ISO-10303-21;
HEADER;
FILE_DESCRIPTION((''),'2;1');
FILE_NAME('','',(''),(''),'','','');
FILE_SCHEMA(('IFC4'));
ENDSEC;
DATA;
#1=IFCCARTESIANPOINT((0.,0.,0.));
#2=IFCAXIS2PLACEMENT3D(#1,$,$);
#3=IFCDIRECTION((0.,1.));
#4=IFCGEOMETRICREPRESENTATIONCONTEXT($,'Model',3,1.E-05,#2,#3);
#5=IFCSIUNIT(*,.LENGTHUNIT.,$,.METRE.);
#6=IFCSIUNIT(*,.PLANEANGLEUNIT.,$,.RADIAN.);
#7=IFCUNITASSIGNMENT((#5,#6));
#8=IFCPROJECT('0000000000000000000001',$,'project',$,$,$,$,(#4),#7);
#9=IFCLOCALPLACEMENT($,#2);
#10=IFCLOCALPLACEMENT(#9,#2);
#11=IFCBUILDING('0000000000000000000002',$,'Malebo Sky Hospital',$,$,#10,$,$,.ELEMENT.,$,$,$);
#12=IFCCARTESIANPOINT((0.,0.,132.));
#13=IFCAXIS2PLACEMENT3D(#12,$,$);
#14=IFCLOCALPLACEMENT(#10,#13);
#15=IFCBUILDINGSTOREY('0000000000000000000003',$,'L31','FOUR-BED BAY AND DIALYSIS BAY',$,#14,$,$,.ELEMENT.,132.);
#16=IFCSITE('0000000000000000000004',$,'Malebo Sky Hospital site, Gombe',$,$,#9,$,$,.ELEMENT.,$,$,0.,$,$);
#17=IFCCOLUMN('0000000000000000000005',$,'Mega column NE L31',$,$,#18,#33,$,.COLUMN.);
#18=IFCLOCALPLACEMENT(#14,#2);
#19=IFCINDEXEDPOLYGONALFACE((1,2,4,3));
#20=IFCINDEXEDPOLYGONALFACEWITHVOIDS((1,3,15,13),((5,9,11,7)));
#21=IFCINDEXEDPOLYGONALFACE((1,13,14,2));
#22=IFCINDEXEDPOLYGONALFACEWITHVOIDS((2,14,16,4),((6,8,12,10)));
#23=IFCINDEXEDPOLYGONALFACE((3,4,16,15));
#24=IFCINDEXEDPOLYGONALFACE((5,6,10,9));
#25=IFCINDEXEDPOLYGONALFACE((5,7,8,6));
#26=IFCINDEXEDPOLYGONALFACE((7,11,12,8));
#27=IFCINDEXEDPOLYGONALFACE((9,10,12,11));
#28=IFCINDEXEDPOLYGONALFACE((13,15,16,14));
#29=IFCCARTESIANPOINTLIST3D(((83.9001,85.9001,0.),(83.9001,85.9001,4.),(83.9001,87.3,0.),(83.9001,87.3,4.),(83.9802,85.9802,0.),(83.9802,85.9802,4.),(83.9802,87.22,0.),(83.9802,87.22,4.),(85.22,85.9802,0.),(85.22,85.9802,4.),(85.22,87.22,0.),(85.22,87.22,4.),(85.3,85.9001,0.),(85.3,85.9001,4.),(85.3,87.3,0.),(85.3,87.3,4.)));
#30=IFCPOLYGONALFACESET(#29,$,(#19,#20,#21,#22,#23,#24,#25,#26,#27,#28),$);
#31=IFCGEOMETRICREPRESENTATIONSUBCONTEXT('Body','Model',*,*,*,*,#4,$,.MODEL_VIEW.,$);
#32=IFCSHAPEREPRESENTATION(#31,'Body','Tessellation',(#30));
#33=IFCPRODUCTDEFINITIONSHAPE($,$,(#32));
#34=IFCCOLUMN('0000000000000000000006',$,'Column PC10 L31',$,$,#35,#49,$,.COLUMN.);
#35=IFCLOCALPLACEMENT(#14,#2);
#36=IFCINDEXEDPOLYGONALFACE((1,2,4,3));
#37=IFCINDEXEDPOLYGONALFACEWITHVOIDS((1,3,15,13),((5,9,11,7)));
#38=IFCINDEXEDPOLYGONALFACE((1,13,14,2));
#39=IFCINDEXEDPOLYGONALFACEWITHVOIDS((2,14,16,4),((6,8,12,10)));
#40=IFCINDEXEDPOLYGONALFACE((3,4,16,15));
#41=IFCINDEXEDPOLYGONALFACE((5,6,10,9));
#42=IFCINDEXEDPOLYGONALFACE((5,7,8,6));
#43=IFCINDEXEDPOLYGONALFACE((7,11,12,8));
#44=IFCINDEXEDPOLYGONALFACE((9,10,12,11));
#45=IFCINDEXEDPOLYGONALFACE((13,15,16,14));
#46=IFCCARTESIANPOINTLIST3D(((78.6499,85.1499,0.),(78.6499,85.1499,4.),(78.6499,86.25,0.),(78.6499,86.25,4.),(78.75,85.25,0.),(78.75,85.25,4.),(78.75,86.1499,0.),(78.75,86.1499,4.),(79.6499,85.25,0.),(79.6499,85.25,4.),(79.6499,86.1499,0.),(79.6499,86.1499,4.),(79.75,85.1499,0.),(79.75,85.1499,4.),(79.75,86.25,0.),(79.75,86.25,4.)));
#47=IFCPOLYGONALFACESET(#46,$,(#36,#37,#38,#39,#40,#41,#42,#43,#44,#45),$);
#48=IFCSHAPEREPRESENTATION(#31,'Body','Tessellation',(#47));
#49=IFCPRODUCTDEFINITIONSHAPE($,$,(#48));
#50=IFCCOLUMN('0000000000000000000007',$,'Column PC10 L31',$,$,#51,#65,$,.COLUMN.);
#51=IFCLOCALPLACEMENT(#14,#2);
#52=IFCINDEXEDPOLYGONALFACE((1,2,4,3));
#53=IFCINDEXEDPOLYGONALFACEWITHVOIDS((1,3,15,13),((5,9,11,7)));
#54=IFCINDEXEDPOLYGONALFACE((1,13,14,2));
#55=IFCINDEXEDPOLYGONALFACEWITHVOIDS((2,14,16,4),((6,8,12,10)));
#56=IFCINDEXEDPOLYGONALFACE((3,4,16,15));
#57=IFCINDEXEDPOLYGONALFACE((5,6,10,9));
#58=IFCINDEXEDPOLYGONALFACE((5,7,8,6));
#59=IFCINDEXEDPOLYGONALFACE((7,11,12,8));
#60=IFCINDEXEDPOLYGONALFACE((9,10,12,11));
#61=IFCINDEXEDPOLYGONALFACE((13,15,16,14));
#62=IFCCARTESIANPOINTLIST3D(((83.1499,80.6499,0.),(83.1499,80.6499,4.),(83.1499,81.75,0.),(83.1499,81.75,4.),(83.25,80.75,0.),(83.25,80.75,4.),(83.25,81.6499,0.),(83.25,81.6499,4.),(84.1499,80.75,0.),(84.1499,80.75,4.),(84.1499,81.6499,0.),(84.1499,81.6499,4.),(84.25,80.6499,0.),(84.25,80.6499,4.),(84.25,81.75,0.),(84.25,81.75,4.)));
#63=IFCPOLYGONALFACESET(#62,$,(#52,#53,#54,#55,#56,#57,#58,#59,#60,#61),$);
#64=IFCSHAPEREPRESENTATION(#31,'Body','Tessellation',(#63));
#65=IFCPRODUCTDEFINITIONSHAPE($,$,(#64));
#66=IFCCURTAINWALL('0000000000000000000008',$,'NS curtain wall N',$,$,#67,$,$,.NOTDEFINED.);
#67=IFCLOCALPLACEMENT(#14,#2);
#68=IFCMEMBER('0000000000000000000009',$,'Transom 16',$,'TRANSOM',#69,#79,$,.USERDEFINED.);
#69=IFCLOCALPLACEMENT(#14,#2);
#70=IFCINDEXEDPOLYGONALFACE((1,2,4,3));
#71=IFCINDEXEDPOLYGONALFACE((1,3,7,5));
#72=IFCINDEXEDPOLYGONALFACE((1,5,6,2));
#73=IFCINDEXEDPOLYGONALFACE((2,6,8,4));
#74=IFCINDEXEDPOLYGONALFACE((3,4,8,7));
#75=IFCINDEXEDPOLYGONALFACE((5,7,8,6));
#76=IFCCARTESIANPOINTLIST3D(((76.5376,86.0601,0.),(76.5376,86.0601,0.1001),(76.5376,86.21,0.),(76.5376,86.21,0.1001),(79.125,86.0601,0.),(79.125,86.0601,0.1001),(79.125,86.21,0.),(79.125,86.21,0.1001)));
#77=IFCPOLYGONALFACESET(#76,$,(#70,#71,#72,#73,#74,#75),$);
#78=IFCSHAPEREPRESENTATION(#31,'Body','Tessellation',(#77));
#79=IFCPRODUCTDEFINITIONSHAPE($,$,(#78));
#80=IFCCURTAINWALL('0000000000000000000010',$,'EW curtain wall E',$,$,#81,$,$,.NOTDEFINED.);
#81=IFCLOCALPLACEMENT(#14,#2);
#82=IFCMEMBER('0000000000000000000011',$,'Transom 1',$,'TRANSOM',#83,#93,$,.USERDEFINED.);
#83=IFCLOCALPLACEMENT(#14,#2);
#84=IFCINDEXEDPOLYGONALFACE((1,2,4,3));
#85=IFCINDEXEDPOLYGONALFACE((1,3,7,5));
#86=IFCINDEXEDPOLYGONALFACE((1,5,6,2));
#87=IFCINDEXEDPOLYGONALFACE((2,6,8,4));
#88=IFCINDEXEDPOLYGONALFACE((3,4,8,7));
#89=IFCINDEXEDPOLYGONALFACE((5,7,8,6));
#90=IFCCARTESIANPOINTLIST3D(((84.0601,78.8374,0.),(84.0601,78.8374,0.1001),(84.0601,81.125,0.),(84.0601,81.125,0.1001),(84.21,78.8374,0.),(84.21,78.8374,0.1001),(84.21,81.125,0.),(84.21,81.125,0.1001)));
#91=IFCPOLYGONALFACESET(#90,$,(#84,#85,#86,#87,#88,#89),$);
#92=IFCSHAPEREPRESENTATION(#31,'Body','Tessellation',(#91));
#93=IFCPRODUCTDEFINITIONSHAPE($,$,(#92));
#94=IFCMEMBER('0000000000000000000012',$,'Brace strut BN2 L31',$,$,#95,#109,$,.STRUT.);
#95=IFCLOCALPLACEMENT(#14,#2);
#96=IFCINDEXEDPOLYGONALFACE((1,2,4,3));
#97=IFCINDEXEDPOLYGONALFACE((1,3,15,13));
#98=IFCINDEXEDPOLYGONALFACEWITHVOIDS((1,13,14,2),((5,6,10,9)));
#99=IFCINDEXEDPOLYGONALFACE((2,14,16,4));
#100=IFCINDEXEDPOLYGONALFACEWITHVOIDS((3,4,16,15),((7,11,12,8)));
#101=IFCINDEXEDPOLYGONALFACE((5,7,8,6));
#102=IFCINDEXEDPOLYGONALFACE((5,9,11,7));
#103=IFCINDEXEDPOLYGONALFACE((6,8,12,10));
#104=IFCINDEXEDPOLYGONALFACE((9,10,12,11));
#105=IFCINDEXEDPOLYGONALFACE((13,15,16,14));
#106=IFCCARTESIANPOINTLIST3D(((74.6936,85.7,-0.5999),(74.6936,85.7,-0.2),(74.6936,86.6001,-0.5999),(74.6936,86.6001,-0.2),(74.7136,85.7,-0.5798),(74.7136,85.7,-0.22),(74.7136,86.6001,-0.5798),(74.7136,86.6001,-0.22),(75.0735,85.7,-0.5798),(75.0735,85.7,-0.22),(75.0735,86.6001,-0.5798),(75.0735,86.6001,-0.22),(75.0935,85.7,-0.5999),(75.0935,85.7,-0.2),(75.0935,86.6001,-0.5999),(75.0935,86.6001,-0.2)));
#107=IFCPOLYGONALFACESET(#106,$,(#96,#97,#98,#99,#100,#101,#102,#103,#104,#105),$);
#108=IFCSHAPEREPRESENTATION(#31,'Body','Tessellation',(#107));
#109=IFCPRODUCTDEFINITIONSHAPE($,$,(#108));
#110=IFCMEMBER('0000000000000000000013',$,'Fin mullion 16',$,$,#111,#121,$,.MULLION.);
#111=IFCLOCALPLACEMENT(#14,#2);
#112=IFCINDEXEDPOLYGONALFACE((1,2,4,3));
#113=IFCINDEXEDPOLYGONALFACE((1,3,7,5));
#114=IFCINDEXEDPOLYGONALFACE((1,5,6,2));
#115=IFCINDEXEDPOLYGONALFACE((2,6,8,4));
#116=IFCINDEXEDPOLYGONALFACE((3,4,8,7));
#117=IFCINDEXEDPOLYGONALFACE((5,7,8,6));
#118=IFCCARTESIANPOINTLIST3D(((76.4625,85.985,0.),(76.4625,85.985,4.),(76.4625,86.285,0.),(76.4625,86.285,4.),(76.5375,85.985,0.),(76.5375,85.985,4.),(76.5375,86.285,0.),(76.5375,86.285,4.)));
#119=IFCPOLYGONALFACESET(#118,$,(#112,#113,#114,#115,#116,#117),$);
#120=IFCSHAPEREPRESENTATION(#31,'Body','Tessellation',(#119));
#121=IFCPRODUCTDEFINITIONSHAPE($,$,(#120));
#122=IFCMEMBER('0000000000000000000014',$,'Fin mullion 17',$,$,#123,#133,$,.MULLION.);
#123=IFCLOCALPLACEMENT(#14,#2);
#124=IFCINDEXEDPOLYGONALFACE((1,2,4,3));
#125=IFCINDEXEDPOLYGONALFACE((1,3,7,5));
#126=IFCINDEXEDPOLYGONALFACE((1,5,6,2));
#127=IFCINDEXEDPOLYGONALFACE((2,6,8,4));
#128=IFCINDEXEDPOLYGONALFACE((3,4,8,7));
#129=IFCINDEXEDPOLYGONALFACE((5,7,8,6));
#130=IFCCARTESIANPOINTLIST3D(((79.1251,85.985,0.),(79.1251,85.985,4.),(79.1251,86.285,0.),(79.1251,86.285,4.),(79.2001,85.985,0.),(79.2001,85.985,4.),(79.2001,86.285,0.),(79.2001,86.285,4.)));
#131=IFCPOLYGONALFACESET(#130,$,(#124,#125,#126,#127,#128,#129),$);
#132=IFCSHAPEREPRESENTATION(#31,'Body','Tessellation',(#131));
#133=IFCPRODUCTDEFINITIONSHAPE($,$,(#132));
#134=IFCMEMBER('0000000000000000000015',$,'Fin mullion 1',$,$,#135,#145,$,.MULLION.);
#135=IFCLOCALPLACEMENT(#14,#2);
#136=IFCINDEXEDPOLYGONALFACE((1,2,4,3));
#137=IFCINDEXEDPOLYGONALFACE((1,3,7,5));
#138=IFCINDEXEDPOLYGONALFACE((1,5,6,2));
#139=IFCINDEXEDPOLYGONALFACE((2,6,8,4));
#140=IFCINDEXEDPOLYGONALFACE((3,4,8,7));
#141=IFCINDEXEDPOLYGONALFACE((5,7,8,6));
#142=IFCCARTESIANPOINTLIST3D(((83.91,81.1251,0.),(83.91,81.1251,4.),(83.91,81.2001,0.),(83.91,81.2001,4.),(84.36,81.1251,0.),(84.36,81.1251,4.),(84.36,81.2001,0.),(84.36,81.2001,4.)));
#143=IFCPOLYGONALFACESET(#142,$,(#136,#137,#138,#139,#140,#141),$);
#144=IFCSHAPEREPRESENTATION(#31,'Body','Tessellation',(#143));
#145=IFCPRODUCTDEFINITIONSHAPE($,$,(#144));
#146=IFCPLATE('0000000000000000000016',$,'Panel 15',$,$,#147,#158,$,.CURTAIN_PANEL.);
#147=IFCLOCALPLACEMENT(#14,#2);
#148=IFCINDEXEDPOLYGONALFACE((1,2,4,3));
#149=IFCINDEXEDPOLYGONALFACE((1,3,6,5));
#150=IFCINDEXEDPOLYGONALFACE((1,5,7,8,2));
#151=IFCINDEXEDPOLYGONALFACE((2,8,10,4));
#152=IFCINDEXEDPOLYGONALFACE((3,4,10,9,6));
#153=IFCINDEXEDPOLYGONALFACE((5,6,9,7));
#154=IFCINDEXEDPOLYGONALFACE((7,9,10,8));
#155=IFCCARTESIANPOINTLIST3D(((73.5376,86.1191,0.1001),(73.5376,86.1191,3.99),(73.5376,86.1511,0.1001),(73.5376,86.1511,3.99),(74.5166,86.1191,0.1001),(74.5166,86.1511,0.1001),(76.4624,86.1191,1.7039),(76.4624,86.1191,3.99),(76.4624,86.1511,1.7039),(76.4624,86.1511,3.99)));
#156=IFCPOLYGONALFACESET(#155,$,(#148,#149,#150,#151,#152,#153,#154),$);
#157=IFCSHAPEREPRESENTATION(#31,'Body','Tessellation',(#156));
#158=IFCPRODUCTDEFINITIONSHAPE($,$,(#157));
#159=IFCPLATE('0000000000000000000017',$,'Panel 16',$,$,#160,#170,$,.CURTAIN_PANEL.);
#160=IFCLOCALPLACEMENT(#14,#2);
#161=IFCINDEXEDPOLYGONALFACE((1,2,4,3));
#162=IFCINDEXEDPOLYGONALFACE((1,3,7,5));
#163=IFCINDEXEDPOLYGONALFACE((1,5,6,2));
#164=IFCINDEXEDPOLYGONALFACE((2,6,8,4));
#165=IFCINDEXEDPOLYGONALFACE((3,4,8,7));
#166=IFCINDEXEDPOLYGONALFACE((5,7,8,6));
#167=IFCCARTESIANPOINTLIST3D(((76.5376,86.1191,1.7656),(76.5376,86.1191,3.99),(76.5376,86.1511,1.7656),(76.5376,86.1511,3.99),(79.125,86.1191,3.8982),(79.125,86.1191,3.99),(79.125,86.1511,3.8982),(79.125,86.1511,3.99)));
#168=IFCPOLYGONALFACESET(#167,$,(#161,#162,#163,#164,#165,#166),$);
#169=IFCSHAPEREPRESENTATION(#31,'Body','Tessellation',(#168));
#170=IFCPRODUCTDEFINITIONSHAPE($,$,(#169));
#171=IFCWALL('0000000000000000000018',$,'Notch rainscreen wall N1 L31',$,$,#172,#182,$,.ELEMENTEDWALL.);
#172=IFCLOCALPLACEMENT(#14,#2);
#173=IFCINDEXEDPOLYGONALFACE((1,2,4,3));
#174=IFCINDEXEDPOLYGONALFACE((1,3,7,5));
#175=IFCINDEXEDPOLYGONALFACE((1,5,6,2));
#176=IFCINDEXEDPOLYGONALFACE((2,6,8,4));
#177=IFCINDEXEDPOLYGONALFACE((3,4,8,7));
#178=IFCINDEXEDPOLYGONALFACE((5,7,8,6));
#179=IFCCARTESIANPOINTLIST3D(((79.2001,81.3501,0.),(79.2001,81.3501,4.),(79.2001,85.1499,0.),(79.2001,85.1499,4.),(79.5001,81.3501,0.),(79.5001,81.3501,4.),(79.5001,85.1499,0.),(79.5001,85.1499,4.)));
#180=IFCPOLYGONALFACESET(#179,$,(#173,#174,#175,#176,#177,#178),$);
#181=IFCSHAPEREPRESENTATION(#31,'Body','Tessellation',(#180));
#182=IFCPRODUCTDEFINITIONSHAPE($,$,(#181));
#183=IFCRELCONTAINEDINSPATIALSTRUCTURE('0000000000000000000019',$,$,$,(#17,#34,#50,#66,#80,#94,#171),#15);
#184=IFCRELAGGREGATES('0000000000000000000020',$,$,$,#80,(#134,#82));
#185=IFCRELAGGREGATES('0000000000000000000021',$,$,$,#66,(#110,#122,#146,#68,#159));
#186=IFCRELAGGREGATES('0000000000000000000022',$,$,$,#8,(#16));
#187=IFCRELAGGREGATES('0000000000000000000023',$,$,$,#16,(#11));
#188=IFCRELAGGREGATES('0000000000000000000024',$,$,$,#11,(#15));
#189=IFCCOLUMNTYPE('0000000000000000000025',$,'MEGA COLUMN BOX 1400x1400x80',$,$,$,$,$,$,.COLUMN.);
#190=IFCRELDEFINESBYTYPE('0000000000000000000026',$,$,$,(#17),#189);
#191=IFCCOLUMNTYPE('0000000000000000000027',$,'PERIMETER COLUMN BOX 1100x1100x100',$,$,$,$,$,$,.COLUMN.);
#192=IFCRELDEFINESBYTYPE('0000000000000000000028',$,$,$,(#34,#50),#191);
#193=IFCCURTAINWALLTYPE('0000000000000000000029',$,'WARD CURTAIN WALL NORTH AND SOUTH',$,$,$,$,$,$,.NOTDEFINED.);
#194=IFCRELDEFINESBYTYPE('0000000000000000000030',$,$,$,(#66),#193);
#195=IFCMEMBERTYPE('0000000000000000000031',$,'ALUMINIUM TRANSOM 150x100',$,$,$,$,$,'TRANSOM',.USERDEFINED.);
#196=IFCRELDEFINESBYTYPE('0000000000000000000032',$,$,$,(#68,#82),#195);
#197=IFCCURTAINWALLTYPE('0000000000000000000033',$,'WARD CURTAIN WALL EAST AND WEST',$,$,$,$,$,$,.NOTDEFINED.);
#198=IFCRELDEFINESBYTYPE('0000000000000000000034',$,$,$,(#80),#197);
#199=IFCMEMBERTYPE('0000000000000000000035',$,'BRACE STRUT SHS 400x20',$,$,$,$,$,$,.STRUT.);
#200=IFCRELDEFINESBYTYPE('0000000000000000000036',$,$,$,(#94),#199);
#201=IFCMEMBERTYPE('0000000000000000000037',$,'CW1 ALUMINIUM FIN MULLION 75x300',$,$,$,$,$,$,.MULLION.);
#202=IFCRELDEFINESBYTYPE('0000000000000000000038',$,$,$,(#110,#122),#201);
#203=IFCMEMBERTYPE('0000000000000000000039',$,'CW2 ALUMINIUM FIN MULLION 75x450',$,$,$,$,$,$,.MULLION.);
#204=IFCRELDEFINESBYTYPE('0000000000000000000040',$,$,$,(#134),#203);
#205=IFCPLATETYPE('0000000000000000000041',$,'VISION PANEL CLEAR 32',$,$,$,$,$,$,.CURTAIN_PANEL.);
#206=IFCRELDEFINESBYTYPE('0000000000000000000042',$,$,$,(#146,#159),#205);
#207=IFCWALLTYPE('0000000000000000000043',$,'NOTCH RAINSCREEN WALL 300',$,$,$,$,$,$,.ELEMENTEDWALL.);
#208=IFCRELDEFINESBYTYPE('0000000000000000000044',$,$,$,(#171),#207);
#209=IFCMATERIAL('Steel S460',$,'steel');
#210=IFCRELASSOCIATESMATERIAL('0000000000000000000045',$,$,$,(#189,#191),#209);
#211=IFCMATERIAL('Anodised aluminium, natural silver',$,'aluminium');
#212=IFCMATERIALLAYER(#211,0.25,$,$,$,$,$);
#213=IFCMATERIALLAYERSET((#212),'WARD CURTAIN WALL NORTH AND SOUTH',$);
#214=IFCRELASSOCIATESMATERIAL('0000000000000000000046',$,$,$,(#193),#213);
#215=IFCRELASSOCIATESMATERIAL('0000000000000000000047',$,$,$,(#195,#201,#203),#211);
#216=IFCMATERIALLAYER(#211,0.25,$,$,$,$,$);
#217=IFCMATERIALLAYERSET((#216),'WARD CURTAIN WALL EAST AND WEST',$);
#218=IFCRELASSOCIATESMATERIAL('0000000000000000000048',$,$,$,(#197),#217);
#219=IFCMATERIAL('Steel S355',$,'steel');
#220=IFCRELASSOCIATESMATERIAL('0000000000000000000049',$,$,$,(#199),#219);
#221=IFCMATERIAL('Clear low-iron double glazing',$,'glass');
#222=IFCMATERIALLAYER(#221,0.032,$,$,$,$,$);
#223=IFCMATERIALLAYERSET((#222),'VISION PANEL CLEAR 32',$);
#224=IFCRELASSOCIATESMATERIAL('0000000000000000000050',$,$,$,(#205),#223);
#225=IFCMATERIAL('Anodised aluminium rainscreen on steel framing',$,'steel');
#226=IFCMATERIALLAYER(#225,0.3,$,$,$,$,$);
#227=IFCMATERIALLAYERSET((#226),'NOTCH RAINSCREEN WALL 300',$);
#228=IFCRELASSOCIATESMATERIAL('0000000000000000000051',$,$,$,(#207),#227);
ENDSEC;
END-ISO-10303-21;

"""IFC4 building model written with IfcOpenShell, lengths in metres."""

from ifc_helpers import new_model, si_unit, direction, frame, frame_2d, origin, origin_2d, place, context, subcontext, project, spatial, polyline, rectangle, hollow_rectangle, outline, extrude, material, layer, layer_set, material_profile, profile_set, type_object, element, aggregate, save


model = new_model("IFC4")

# Units and contexts
model_context = context("Model", 3, precision=1e-05, world=origin(), true_north=direction((0.0, 1.0)))
body_context = subcontext(model_context, "Body", "Model", "MODEL_VIEW")
ifc_project = project(units=[si_unit("LENGTHUNIT", "METRE"), si_unit("PLANEANGLEUNIT", "RADIAN")], contexts=[model_context])

# Site, building, storey
site_placement = place(None, origin())
site = spatial("IfcSite", under=ifc_project, at=site_placement, Name="Malebo Sky Hospital site, Gombe", CompositionType="ELEMENT", RefElevation=0.0)
building_placement = place(site_placement, origin())
building = spatial("IfcBuilding", under=site, at=building_placement, Name="Malebo Sky Hospital", CompositionType="ELEMENT")
storey_placement = place(building_placement, frame((0.0, 0.0, 132.0)))
storey = spatial("IfcBuildingStorey", under=building, at=storey_placement, Name="L31", Description="FOUR-BED BAY AND DIALYSIS BAY", CompositionType="ELEMENT", Elevation=132.0)

# Columns
ifc_material_1 = material(Name="Steel S460", Category="steel")
ifc_material_profile_1 = material_profile(ifc_material_1, hollow_rectangle(XDim=1.3999, YDim=1.3999, WallThickness=0.0801, at=origin_2d()), Name="BOX 1400x1400x80")
ifc_profile_set_1 = profile_set([ifc_material_profile_1], Name="Steel S460")
column_type_1 = type_object("IfcColumnType", Name="MEGA COLUMN BOX 1400x1400x80", PredefinedType="COLUMN", material=ifc_profile_set_1)
column_placement = place(storey_placement, frame((84.6001, 86.6001, 0.0), z_axis=(0.0, 0.0, 1.0), x_axis=(1.0, 0.0, 0.0)))
element("IfcColumn", 1, at=column_placement, inside=storey, type_object=column_type_1, Name="Mega column NE L31", PredefinedType="COLUMN", context=body_context, shape_type="SweptSolid", body=[
    extrude(hollow_rectangle(XDim=1.3999, YDim=1.3999, WallThickness=0.0801, at=origin_2d()), origin(), (0.0, 0.0, 1.0), 4.0),
])
ifc_material_profile_2 = material_profile(ifc_material_1, hollow_rectangle(XDim=1.1001, YDim=1.1001, WallThickness=0.1001, at=origin_2d()), Name="BOX 1100x1100x100")
ifc_profile_set_2 = profile_set([ifc_material_profile_2], Name="Steel S460")
column_type_2 = type_object("IfcColumnType", Name="PERIMETER COLUMN BOX 1100x1100x100", PredefinedType="COLUMN", material=ifc_profile_set_2)
for number, where, z_axis, x_axis, name in (
    (2, (79.2, 85.7, 0.0), (0.0, 0.0, 1.0), (1.0, 0.0, 0.0), "Column PC10 L31"),
    (3, (83.7, 81.2, 0.0), (0.0, 0.0, 1.0), (1.0, 0.0, 0.0), "Column PC10 L31"),
):
    element("IfcColumn", number, at=place(storey_placement, frame(where, z_axis=z_axis, x_axis=x_axis)), inside=storey, type_object=column_type_2, Name=name, PredefinedType="COLUMN", context=body_context, shape_type="SweptSolid", body=[
        extrude(hollow_rectangle(XDim=1.1001, YDim=1.1001, WallThickness=0.1001, at=origin_2d()), origin(), (0.0, 0.0, 1.0), 4.0),
    ])

# Curtain walls, members
ifc_material_2 = material(Name="Anodised aluminium, natural silver", Category="aluminium")
ifc_layer_1 = layer(ifc_material_2, 0.25)
ifc_layer_set_1 = layer_set([ifc_layer_1], Name="WARD CURTAIN WALL NORTH AND SOUTH")
curtain_wall_type_1 = type_object("IfcCurtainWallType", Name="WARD CURTAIN WALL NORTH AND SOUTH", PredefinedType="NOTDEFINED", material=ifc_layer_set_1)
curtain_wall_1_placement = place(storey_placement, origin())
curtain_wall_1 = element("IfcCurtainWall", 4, at=curtain_wall_1_placement, inside=storey, type_object=curtain_wall_type_1, Name="NS curtain wall N", PredefinedType="NOTDEFINED")
ifc_material_profile_3 = material_profile(ifc_material_2, rectangle(XDim=0.1499, YDim=0.1001, at=origin_2d()), Name="ALUMINIUM TRANSOM 150x100")
ifc_profile_set_3 = profile_set([ifc_material_profile_3], Name="Anodised aluminium, natural silver")
member_type_1 = type_object("IfcMemberType", Name="ALUMINIUM TRANSOM 150x100", ElementType="TRANSOM", PredefinedType="USERDEFINED", material=ifc_profile_set_3)
member_1_placement = place(storey_placement, frame((76.5376, 86.135, 0.05), z_axis=(1.0, 0.0, 0.0), x_axis=(0.0, 1.0, 0.0)))
member_1 = element("IfcMember", 5, at=member_1_placement, type_object=member_type_1, Name="Transom 16", ObjectType="TRANSOM", PredefinedType="USERDEFINED", context=body_context, shape_type="SweptSolid", body=[
    extrude(rectangle(XDim=0.1499, YDim=0.1001, at=origin_2d()), origin(), (0.0, 0.0, 1.0), 2.5874),
])
ifc_layer_2 = layer(ifc_material_2, 0.25)
ifc_layer_set_2 = layer_set([ifc_layer_2], Name="WARD CURTAIN WALL EAST AND WEST")
curtain_wall_type_2 = type_object("IfcCurtainWallType", Name="WARD CURTAIN WALL EAST AND WEST", PredefinedType="NOTDEFINED", material=ifc_layer_set_2)
curtain_wall_2_placement = place(storey_placement, origin())
curtain_wall_2 = element("IfcCurtainWall", 6, at=curtain_wall_2_placement, inside=storey, type_object=curtain_wall_type_2, Name="EW curtain wall E", PredefinedType="NOTDEFINED")
member_2_placement = place(storey_placement, frame((84.135, 81.125, 0.05), z_axis=(0.0, -1.0, 0.0), x_axis=(1.0, 0.0, 0.0)))
member_2 = element("IfcMember", 7, at=member_2_placement, type_object=member_type_1, Name="Transom 1", ObjectType="TRANSOM", PredefinedType="USERDEFINED", context=body_context, shape_type="SweptSolid", body=[
    extrude(rectangle(XDim=0.1499, YDim=0.1001, at=origin_2d()), origin(), (0.0, 0.0, 1.0), 2.2876),
])

# Members
ifc_material_3 = material(Name="Steel S355", Category="steel")
ifc_material_profile_4 = material_profile(ifc_material_3, hollow_rectangle(XDim=0.3999, YDim=0.3999, WallThickness=0.02, at=origin_2d()), Name="SHS 400x20")
ifc_profile_set_4 = profile_set([ifc_material_profile_4], Name="Steel S355")
member_type_2 = type_object("IfcMemberType", Name="BRACE STRUT SHS 400x20", PredefinedType="STRUT", material=ifc_profile_set_4)
member_3_placement = place(storey_placement, frame((74.8936, 86.6001, -0.3999), z_axis=(0.0, -1.0, 0.0), x_axis=(1.0, 0.0, 0.0)))
element("IfcMember", 8, at=member_3_placement, inside=storey, type_object=member_type_2, Name="Brace strut BN2 L31", PredefinedType="STRUT", context=body_context, shape_type="SweptSolid", body=[
    extrude(hollow_rectangle(XDim=0.3999, YDim=0.3999, WallThickness=0.02, at=origin_2d()), origin(), (0.0, 0.0, 1.0), 0.9001),
])
ifc_material_profile_5 = material_profile(ifc_material_2, rectangle(XDim=0.075, YDim=0.3, at=origin_2d()), Name="CW1 ALUMINIUM FIN MULLION 75x300")
ifc_profile_set_5 = profile_set([ifc_material_profile_5], Name="Anodised aluminium, natural silver")
member_type_3 = type_object("IfcMemberType", Name="CW1 ALUMINIUM FIN MULLION 75x300", PredefinedType="MULLION", material=ifc_profile_set_5)
member_4_placement = place(storey_placement, frame((76.5, 86.135, 0.0), z_axis=(0.0, 0.0, 1.0), x_axis=(1.0, 0.0, 0.0)))
member_4 = element("IfcMember", 9, at=member_4_placement, type_object=member_type_3, Name="Fin mullion 16", PredefinedType="MULLION", context=body_context, shape_type="SweptSolid", body=[
    extrude(rectangle(XDim=0.075, YDim=0.3, at=origin_2d()), origin(), (0.0, 0.0, 1.0), 4.0),
])
member_5_placement = place(storey_placement, frame((79.1626, 86.135, 0.0), z_axis=(0.0, 0.0, 1.0), x_axis=(1.0, 0.0, 0.0)))
member_5 = element("IfcMember", 10, at=member_5_placement, type_object=member_type_3, Name="Fin mullion 17", PredefinedType="MULLION", context=body_context, shape_type="SweptSolid", body=[
    extrude(rectangle(XDim=0.075, YDim=0.3, at=origin_2d()), origin(), (0.0, 0.0, 1.0), 4.0),
])
ifc_material_profile_6 = material_profile(ifc_material_2, rectangle(XDim=0.075, YDim=0.45, at=origin_2d()), Name="CW2 ALUMINIUM FIN MULLION 75x450")
ifc_profile_set_6 = profile_set([ifc_material_profile_6], Name="Anodised aluminium, natural silver")
member_type_4 = type_object("IfcMemberType", Name="CW2 ALUMINIUM FIN MULLION 75x450", PredefinedType="MULLION", material=ifc_profile_set_6)
member_6_placement = place(storey_placement, frame((84.135, 81.1626, 0.0), z_axis=(0.0, 0.0, 1.0), x_axis=(0.0, -1.0, 0.0)))
member_6 = element("IfcMember", 11, at=member_6_placement, type_object=member_type_4, Name="Fin mullion 1", PredefinedType="MULLION", context=body_context, shape_type="SweptSolid", body=[
    extrude(rectangle(XDim=0.075, YDim=0.45, at=origin_2d()), origin(), (0.0, 0.0, 1.0), 4.0),
])
aggregate(curtain_wall_2, [member_6, member_2])

# Plates
ifc_material_4 = material(Name="Clear low-iron double glazing", Category="glass")
ifc_layer_3 = layer(ifc_material_4, 0.032)
ifc_layer_set_3 = layer_set([ifc_layer_3], Name="VISION PANEL CLEAR 32")
plate_type = type_object("IfcPlateType", Name="VISION PANEL CLEAR 32", PredefinedType="CURTAIN_PANEL", material=ifc_layer_set_3)
plate_1_placement = place(storey_placement, frame((75.0, 86.135, 0.1001), z_axis=(0.0, 0.0, 1.0), x_axis=(1.0, 0.0, 0.0)))
plate_1 = element("IfcPlate", 12, at=plate_1_placement, type_object=plate_type, Name="Panel 15", PredefinedType="CURTAIN_PANEL", context=body_context, shape_type="SweptSolid", body=[
    extrude(outline(polyline([(-1.4624, 0.0), (-0.4834, 0.0), (1.4624, 1.6038), (1.4624, 3.8899), (-1.4624, 3.8899), (-1.4624, 0.0)])), frame((0.0, 0.0161, 0.0), z_axis=(0.0, -1.0, 0.0), x_axis=(1.0, 0.0, 0.0)), (0.0, 0.0, 1.0), 0.032),
])
plate_2_placement = place(storey_placement, frame((77.8313, 86.135, 1.7656), z_axis=(0.0, 0.0, 1.0), x_axis=(1.0, 0.0, 0.0)))
plate_2 = element("IfcPlate", 13, at=plate_2_placement, type_object=plate_type, Name="Panel 16", PredefinedType="CURTAIN_PANEL", context=body_context, shape_type="SweptSolid", body=[
    extrude(outline(polyline([(-1.2937, 0.0), (1.2937, 2.1326), (1.2937, 2.2244), (-1.2937, 2.2244), (-1.2937, 0.0)])), frame((0.0, 0.0161, 0.0), z_axis=(0.0, -1.0, 0.0), x_axis=(1.0, 0.0, 0.0)), (0.0, 0.0, 1.0), 0.032),
])
aggregate(curtain_wall_1, [member_4, member_5, plate_1, member_1, plate_2])

# Wall
ifc_material_5 = material(Name="Anodised aluminium rainscreen on steel framing", Category="steel")
ifc_layer_4 = layer(ifc_material_5, 0.3)
ifc_layer_set_4 = layer_set([ifc_layer_4], Name="NOTCH RAINSCREEN WALL 300")
wall_type_1 = type_object("IfcWallType", Name="NOTCH RAINSCREEN WALL 300", PredefinedType="ELEMENTEDWALL", material=ifc_layer_set_4)
for number, where, z_axis, x_axis, name in (
    (14, (79.3501, 85.1499, 0.0), (0.0, 0.0, 1.0), (0.0, -1.0, 0.0), "Notch rainscreen wall N1 L31"),
):
    element("IfcWall", number, at=place(storey_placement, frame(where, z_axis=z_axis, x_axis=x_axis)), inside=storey, type_object=wall_type_1, Name=name, PredefinedType="ELEMENTEDWALL", context=body_context, shape_type="SweptSolid", body=[
        extrude(rectangle(XDim=3.7998, YDim=0.3, at=frame_2d((1.8999, 0.0))), origin(), (0.0, 0.0, 1.0), 4.0),
    ])

save(model, "model.ifc")
